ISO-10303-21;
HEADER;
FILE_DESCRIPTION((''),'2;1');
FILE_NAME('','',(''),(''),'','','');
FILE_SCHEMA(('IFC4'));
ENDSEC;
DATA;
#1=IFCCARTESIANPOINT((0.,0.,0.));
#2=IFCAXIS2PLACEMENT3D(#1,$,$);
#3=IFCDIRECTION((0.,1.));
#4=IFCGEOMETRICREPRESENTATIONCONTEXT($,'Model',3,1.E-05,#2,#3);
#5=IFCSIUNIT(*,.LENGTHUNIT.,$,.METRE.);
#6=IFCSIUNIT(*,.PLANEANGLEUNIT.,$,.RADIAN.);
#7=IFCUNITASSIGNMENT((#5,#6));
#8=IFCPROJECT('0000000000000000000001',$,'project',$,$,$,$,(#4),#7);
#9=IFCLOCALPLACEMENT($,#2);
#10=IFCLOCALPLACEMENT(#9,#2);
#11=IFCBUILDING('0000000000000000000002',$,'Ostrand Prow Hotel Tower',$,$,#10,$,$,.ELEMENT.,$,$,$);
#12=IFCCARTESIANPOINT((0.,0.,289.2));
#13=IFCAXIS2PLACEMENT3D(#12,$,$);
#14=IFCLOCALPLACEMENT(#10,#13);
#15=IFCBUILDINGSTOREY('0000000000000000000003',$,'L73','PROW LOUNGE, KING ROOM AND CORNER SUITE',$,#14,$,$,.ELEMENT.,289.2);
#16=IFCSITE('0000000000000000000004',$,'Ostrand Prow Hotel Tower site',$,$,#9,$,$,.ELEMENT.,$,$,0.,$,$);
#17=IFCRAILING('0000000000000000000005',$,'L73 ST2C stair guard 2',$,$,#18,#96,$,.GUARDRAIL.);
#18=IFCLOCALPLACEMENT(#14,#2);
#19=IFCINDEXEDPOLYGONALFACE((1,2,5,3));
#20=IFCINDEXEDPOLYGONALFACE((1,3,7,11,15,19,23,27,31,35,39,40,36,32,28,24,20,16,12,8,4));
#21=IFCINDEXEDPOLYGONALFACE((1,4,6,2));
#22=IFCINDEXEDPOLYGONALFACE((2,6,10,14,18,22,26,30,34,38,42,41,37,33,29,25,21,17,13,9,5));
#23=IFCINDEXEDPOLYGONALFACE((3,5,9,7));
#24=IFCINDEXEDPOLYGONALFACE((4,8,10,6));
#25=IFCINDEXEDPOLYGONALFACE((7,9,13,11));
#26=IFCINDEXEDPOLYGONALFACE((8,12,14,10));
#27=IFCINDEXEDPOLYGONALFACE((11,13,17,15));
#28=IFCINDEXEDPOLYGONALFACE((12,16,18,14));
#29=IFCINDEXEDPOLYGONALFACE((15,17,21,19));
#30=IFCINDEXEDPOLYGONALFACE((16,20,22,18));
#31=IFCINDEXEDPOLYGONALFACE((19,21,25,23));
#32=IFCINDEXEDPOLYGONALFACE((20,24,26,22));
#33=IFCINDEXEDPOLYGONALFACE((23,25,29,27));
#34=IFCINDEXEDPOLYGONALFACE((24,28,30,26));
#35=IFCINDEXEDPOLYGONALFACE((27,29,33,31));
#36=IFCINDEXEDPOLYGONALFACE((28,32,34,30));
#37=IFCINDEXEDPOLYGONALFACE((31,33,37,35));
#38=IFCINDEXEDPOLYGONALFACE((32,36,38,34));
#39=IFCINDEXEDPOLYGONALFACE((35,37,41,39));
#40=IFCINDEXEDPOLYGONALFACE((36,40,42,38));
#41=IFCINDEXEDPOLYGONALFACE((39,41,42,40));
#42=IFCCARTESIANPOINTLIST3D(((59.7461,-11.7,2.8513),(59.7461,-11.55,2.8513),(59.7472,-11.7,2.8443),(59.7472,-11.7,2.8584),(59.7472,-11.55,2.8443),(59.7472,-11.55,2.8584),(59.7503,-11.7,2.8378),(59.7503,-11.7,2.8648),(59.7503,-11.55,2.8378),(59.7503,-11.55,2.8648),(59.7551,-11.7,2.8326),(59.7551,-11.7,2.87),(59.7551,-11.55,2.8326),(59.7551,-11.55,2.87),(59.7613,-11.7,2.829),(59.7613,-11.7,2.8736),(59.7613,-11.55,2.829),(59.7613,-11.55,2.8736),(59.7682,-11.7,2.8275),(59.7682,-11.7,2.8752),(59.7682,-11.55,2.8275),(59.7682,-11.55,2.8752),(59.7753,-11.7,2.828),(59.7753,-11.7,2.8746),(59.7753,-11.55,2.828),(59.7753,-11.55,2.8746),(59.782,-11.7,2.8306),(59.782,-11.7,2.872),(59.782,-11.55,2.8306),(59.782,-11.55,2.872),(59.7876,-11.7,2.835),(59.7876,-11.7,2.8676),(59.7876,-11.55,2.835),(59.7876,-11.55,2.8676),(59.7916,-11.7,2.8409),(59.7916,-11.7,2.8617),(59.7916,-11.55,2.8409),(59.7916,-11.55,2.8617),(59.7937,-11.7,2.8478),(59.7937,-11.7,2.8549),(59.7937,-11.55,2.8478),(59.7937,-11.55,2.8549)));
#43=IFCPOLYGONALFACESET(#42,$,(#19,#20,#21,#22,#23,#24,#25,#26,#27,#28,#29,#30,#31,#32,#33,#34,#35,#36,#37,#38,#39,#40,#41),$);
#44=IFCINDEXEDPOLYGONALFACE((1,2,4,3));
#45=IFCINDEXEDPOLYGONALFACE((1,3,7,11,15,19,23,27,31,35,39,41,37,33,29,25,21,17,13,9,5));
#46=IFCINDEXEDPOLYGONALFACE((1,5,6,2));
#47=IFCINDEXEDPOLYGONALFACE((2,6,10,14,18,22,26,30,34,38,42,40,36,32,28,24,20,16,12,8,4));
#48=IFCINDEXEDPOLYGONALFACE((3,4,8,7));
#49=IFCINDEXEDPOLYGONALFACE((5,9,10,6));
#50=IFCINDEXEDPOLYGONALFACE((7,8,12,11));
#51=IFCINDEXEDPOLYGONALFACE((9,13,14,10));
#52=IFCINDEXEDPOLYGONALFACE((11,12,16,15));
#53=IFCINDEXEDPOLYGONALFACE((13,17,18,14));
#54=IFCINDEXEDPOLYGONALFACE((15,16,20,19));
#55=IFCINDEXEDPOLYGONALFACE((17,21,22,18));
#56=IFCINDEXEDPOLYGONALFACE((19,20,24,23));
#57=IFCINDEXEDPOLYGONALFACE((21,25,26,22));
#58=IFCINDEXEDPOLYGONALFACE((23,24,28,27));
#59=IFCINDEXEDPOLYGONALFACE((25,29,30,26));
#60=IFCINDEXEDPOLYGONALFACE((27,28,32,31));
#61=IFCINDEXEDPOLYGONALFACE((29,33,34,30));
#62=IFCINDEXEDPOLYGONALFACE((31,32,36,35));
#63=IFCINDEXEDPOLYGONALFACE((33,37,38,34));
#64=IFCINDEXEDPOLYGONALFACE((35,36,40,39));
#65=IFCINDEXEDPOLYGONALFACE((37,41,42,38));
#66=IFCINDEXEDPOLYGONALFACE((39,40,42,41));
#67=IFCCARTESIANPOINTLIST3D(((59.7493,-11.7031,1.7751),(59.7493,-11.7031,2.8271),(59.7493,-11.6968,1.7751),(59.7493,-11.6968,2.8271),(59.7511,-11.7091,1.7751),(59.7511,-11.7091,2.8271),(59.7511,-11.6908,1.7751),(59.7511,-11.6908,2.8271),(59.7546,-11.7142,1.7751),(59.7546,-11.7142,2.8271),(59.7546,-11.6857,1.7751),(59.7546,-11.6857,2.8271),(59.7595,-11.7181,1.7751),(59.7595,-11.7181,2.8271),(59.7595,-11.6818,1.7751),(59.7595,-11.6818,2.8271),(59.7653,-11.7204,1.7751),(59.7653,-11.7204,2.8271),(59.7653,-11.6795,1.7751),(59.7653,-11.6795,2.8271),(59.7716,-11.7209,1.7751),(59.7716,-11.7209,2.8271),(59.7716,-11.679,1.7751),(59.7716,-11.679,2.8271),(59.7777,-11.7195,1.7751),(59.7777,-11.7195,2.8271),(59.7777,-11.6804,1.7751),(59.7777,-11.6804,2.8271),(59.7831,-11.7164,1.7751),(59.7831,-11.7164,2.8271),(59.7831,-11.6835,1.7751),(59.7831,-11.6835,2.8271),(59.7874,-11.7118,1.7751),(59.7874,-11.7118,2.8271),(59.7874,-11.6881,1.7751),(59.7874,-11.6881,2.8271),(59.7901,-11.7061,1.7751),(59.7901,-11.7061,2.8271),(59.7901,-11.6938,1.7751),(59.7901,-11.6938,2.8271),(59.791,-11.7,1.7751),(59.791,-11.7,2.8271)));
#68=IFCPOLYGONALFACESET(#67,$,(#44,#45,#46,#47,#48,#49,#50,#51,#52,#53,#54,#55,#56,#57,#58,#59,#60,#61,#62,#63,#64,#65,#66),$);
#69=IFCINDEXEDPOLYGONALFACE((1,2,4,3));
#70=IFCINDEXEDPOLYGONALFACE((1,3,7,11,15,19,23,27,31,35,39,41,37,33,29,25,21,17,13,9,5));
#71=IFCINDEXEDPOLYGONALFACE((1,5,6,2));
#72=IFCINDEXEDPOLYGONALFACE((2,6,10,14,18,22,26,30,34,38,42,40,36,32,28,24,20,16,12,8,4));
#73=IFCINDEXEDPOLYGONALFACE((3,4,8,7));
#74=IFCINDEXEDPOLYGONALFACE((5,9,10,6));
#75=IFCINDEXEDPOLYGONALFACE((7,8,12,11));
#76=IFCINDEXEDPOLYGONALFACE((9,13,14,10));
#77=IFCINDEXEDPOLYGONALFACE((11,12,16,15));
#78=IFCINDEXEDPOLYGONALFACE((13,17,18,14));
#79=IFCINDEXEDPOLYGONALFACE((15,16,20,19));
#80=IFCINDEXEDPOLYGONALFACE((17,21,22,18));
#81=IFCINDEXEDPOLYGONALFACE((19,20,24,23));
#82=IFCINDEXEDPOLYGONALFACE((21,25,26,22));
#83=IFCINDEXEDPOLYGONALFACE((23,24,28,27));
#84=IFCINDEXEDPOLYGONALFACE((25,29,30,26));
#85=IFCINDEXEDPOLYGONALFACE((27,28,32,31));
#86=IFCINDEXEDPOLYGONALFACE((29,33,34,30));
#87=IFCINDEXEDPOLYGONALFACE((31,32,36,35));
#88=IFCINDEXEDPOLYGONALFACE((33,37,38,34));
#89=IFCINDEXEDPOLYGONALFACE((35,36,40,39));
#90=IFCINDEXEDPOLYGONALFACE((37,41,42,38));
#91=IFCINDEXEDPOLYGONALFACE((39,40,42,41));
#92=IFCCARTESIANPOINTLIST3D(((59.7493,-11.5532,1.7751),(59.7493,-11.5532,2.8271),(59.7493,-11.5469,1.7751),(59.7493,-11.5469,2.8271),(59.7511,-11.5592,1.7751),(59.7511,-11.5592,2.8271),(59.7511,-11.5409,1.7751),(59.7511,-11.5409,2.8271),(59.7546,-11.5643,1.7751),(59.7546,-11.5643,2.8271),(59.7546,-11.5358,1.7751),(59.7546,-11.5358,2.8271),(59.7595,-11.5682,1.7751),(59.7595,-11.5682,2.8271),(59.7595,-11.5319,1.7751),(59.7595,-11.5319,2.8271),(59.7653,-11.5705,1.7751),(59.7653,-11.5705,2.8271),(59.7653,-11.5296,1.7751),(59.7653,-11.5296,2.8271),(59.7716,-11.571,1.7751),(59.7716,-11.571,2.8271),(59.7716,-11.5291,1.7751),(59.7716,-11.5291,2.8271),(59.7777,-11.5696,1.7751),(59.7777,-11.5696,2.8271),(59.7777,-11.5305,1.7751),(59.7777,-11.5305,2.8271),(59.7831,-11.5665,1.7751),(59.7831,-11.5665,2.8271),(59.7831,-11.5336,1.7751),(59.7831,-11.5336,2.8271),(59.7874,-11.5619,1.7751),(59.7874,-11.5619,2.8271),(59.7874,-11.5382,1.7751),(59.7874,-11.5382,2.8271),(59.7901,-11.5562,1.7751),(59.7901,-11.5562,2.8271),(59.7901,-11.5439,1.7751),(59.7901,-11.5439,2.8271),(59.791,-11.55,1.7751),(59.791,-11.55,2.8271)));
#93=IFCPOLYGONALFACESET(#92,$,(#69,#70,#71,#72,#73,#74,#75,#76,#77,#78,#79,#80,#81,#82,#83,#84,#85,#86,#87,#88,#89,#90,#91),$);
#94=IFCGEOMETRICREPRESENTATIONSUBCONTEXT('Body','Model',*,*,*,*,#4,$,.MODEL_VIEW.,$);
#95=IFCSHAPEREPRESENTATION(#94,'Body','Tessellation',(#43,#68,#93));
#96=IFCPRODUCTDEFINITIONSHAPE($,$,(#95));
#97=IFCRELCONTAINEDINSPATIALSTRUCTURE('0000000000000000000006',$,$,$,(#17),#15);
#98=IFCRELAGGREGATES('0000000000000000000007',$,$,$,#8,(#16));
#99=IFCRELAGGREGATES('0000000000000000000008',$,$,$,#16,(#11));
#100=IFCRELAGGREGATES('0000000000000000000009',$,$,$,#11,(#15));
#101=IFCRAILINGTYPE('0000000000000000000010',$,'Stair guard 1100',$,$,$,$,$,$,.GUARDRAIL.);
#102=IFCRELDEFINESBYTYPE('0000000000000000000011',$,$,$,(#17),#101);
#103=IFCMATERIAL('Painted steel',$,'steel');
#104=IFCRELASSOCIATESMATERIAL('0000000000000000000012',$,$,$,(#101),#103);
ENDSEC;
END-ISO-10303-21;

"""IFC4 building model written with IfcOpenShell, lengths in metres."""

from ifc_helpers import new_model, si_unit, direction, frame, origin, origin_2d, place, context, subcontext, project, spatial, circle, extrude, material, type_object, element, save


model = new_model("IFC4")

# Units and contexts
model_context = context("Model", 3, precision=1e-05, world=origin(), true_north=direction((0.0, 1.0)))
body_context = subcontext(model_context, "Body", "Model", "MODEL_VIEW")
ifc_project = project(units=[si_unit("LENGTHUNIT", "METRE"), si_unit("PLANEANGLEUNIT", "RADIAN")], contexts=[model_context])

# Site, building, storey
site_placement = place(None, origin())
site = spatial("IfcSite", under=ifc_project, at=site_placement, Name="Ostrand Prow Hotel Tower site", CompositionType="ELEMENT", RefElevation=0.0)
building_placement = place(site_placement, origin())
building = spatial("IfcBuilding", under=site, at=building_placement, Name="Ostrand Prow Hotel Tower", CompositionType="ELEMENT")
storey_placement = place(building_placement, frame((0.0, 0.0, 289.2)))
storey = spatial("IfcBuildingStorey", under=building, at=storey_placement, Name="L73", Description="PROW LOUNGE, KING ROOM AND CORNER SUITE", CompositionType="ELEMENT", Elevation=289.2)

# Railing
ifc_material_1 = material(Name="Painted steel", Category="steel")
railing_type_1 = type_object("IfcRailingType", Name="Stair guard 1100", PredefinedType="GUARDRAIL", material=ifc_material_1)
railing_1_placement = place(storey_placement, frame((59.77, -11.7, 1.7751)))
element("IfcRailing", 1, at=railing_1_placement, inside=storey, type_object=railing_type_1, Name="L73 ST2C stair guard 2", PredefinedType="GUARDRAIL", context=body_context, shape_type="SweptSolid", body=[
    extrude(circle(Radius=0.0239, at=origin_2d()), frame((0.0, 0.0, 1.0762), z_axis=(0.0, 1.0, 0.0), x_axis=(-1.0, 0.0, 0.0)), (0.0, 0.0, 1.0), 0.1499),
    extrude(circle(Radius=0.021, at=origin_2d()), origin(), (0.0, 0.0, 1.0), 1.052),
    extrude(circle(Radius=0.021, at=origin_2d()), frame((0.0, 0.1499, 0.0)), (0.0, 0.0, 1.0), 1.052),
])

save(model, "model.ifc")
